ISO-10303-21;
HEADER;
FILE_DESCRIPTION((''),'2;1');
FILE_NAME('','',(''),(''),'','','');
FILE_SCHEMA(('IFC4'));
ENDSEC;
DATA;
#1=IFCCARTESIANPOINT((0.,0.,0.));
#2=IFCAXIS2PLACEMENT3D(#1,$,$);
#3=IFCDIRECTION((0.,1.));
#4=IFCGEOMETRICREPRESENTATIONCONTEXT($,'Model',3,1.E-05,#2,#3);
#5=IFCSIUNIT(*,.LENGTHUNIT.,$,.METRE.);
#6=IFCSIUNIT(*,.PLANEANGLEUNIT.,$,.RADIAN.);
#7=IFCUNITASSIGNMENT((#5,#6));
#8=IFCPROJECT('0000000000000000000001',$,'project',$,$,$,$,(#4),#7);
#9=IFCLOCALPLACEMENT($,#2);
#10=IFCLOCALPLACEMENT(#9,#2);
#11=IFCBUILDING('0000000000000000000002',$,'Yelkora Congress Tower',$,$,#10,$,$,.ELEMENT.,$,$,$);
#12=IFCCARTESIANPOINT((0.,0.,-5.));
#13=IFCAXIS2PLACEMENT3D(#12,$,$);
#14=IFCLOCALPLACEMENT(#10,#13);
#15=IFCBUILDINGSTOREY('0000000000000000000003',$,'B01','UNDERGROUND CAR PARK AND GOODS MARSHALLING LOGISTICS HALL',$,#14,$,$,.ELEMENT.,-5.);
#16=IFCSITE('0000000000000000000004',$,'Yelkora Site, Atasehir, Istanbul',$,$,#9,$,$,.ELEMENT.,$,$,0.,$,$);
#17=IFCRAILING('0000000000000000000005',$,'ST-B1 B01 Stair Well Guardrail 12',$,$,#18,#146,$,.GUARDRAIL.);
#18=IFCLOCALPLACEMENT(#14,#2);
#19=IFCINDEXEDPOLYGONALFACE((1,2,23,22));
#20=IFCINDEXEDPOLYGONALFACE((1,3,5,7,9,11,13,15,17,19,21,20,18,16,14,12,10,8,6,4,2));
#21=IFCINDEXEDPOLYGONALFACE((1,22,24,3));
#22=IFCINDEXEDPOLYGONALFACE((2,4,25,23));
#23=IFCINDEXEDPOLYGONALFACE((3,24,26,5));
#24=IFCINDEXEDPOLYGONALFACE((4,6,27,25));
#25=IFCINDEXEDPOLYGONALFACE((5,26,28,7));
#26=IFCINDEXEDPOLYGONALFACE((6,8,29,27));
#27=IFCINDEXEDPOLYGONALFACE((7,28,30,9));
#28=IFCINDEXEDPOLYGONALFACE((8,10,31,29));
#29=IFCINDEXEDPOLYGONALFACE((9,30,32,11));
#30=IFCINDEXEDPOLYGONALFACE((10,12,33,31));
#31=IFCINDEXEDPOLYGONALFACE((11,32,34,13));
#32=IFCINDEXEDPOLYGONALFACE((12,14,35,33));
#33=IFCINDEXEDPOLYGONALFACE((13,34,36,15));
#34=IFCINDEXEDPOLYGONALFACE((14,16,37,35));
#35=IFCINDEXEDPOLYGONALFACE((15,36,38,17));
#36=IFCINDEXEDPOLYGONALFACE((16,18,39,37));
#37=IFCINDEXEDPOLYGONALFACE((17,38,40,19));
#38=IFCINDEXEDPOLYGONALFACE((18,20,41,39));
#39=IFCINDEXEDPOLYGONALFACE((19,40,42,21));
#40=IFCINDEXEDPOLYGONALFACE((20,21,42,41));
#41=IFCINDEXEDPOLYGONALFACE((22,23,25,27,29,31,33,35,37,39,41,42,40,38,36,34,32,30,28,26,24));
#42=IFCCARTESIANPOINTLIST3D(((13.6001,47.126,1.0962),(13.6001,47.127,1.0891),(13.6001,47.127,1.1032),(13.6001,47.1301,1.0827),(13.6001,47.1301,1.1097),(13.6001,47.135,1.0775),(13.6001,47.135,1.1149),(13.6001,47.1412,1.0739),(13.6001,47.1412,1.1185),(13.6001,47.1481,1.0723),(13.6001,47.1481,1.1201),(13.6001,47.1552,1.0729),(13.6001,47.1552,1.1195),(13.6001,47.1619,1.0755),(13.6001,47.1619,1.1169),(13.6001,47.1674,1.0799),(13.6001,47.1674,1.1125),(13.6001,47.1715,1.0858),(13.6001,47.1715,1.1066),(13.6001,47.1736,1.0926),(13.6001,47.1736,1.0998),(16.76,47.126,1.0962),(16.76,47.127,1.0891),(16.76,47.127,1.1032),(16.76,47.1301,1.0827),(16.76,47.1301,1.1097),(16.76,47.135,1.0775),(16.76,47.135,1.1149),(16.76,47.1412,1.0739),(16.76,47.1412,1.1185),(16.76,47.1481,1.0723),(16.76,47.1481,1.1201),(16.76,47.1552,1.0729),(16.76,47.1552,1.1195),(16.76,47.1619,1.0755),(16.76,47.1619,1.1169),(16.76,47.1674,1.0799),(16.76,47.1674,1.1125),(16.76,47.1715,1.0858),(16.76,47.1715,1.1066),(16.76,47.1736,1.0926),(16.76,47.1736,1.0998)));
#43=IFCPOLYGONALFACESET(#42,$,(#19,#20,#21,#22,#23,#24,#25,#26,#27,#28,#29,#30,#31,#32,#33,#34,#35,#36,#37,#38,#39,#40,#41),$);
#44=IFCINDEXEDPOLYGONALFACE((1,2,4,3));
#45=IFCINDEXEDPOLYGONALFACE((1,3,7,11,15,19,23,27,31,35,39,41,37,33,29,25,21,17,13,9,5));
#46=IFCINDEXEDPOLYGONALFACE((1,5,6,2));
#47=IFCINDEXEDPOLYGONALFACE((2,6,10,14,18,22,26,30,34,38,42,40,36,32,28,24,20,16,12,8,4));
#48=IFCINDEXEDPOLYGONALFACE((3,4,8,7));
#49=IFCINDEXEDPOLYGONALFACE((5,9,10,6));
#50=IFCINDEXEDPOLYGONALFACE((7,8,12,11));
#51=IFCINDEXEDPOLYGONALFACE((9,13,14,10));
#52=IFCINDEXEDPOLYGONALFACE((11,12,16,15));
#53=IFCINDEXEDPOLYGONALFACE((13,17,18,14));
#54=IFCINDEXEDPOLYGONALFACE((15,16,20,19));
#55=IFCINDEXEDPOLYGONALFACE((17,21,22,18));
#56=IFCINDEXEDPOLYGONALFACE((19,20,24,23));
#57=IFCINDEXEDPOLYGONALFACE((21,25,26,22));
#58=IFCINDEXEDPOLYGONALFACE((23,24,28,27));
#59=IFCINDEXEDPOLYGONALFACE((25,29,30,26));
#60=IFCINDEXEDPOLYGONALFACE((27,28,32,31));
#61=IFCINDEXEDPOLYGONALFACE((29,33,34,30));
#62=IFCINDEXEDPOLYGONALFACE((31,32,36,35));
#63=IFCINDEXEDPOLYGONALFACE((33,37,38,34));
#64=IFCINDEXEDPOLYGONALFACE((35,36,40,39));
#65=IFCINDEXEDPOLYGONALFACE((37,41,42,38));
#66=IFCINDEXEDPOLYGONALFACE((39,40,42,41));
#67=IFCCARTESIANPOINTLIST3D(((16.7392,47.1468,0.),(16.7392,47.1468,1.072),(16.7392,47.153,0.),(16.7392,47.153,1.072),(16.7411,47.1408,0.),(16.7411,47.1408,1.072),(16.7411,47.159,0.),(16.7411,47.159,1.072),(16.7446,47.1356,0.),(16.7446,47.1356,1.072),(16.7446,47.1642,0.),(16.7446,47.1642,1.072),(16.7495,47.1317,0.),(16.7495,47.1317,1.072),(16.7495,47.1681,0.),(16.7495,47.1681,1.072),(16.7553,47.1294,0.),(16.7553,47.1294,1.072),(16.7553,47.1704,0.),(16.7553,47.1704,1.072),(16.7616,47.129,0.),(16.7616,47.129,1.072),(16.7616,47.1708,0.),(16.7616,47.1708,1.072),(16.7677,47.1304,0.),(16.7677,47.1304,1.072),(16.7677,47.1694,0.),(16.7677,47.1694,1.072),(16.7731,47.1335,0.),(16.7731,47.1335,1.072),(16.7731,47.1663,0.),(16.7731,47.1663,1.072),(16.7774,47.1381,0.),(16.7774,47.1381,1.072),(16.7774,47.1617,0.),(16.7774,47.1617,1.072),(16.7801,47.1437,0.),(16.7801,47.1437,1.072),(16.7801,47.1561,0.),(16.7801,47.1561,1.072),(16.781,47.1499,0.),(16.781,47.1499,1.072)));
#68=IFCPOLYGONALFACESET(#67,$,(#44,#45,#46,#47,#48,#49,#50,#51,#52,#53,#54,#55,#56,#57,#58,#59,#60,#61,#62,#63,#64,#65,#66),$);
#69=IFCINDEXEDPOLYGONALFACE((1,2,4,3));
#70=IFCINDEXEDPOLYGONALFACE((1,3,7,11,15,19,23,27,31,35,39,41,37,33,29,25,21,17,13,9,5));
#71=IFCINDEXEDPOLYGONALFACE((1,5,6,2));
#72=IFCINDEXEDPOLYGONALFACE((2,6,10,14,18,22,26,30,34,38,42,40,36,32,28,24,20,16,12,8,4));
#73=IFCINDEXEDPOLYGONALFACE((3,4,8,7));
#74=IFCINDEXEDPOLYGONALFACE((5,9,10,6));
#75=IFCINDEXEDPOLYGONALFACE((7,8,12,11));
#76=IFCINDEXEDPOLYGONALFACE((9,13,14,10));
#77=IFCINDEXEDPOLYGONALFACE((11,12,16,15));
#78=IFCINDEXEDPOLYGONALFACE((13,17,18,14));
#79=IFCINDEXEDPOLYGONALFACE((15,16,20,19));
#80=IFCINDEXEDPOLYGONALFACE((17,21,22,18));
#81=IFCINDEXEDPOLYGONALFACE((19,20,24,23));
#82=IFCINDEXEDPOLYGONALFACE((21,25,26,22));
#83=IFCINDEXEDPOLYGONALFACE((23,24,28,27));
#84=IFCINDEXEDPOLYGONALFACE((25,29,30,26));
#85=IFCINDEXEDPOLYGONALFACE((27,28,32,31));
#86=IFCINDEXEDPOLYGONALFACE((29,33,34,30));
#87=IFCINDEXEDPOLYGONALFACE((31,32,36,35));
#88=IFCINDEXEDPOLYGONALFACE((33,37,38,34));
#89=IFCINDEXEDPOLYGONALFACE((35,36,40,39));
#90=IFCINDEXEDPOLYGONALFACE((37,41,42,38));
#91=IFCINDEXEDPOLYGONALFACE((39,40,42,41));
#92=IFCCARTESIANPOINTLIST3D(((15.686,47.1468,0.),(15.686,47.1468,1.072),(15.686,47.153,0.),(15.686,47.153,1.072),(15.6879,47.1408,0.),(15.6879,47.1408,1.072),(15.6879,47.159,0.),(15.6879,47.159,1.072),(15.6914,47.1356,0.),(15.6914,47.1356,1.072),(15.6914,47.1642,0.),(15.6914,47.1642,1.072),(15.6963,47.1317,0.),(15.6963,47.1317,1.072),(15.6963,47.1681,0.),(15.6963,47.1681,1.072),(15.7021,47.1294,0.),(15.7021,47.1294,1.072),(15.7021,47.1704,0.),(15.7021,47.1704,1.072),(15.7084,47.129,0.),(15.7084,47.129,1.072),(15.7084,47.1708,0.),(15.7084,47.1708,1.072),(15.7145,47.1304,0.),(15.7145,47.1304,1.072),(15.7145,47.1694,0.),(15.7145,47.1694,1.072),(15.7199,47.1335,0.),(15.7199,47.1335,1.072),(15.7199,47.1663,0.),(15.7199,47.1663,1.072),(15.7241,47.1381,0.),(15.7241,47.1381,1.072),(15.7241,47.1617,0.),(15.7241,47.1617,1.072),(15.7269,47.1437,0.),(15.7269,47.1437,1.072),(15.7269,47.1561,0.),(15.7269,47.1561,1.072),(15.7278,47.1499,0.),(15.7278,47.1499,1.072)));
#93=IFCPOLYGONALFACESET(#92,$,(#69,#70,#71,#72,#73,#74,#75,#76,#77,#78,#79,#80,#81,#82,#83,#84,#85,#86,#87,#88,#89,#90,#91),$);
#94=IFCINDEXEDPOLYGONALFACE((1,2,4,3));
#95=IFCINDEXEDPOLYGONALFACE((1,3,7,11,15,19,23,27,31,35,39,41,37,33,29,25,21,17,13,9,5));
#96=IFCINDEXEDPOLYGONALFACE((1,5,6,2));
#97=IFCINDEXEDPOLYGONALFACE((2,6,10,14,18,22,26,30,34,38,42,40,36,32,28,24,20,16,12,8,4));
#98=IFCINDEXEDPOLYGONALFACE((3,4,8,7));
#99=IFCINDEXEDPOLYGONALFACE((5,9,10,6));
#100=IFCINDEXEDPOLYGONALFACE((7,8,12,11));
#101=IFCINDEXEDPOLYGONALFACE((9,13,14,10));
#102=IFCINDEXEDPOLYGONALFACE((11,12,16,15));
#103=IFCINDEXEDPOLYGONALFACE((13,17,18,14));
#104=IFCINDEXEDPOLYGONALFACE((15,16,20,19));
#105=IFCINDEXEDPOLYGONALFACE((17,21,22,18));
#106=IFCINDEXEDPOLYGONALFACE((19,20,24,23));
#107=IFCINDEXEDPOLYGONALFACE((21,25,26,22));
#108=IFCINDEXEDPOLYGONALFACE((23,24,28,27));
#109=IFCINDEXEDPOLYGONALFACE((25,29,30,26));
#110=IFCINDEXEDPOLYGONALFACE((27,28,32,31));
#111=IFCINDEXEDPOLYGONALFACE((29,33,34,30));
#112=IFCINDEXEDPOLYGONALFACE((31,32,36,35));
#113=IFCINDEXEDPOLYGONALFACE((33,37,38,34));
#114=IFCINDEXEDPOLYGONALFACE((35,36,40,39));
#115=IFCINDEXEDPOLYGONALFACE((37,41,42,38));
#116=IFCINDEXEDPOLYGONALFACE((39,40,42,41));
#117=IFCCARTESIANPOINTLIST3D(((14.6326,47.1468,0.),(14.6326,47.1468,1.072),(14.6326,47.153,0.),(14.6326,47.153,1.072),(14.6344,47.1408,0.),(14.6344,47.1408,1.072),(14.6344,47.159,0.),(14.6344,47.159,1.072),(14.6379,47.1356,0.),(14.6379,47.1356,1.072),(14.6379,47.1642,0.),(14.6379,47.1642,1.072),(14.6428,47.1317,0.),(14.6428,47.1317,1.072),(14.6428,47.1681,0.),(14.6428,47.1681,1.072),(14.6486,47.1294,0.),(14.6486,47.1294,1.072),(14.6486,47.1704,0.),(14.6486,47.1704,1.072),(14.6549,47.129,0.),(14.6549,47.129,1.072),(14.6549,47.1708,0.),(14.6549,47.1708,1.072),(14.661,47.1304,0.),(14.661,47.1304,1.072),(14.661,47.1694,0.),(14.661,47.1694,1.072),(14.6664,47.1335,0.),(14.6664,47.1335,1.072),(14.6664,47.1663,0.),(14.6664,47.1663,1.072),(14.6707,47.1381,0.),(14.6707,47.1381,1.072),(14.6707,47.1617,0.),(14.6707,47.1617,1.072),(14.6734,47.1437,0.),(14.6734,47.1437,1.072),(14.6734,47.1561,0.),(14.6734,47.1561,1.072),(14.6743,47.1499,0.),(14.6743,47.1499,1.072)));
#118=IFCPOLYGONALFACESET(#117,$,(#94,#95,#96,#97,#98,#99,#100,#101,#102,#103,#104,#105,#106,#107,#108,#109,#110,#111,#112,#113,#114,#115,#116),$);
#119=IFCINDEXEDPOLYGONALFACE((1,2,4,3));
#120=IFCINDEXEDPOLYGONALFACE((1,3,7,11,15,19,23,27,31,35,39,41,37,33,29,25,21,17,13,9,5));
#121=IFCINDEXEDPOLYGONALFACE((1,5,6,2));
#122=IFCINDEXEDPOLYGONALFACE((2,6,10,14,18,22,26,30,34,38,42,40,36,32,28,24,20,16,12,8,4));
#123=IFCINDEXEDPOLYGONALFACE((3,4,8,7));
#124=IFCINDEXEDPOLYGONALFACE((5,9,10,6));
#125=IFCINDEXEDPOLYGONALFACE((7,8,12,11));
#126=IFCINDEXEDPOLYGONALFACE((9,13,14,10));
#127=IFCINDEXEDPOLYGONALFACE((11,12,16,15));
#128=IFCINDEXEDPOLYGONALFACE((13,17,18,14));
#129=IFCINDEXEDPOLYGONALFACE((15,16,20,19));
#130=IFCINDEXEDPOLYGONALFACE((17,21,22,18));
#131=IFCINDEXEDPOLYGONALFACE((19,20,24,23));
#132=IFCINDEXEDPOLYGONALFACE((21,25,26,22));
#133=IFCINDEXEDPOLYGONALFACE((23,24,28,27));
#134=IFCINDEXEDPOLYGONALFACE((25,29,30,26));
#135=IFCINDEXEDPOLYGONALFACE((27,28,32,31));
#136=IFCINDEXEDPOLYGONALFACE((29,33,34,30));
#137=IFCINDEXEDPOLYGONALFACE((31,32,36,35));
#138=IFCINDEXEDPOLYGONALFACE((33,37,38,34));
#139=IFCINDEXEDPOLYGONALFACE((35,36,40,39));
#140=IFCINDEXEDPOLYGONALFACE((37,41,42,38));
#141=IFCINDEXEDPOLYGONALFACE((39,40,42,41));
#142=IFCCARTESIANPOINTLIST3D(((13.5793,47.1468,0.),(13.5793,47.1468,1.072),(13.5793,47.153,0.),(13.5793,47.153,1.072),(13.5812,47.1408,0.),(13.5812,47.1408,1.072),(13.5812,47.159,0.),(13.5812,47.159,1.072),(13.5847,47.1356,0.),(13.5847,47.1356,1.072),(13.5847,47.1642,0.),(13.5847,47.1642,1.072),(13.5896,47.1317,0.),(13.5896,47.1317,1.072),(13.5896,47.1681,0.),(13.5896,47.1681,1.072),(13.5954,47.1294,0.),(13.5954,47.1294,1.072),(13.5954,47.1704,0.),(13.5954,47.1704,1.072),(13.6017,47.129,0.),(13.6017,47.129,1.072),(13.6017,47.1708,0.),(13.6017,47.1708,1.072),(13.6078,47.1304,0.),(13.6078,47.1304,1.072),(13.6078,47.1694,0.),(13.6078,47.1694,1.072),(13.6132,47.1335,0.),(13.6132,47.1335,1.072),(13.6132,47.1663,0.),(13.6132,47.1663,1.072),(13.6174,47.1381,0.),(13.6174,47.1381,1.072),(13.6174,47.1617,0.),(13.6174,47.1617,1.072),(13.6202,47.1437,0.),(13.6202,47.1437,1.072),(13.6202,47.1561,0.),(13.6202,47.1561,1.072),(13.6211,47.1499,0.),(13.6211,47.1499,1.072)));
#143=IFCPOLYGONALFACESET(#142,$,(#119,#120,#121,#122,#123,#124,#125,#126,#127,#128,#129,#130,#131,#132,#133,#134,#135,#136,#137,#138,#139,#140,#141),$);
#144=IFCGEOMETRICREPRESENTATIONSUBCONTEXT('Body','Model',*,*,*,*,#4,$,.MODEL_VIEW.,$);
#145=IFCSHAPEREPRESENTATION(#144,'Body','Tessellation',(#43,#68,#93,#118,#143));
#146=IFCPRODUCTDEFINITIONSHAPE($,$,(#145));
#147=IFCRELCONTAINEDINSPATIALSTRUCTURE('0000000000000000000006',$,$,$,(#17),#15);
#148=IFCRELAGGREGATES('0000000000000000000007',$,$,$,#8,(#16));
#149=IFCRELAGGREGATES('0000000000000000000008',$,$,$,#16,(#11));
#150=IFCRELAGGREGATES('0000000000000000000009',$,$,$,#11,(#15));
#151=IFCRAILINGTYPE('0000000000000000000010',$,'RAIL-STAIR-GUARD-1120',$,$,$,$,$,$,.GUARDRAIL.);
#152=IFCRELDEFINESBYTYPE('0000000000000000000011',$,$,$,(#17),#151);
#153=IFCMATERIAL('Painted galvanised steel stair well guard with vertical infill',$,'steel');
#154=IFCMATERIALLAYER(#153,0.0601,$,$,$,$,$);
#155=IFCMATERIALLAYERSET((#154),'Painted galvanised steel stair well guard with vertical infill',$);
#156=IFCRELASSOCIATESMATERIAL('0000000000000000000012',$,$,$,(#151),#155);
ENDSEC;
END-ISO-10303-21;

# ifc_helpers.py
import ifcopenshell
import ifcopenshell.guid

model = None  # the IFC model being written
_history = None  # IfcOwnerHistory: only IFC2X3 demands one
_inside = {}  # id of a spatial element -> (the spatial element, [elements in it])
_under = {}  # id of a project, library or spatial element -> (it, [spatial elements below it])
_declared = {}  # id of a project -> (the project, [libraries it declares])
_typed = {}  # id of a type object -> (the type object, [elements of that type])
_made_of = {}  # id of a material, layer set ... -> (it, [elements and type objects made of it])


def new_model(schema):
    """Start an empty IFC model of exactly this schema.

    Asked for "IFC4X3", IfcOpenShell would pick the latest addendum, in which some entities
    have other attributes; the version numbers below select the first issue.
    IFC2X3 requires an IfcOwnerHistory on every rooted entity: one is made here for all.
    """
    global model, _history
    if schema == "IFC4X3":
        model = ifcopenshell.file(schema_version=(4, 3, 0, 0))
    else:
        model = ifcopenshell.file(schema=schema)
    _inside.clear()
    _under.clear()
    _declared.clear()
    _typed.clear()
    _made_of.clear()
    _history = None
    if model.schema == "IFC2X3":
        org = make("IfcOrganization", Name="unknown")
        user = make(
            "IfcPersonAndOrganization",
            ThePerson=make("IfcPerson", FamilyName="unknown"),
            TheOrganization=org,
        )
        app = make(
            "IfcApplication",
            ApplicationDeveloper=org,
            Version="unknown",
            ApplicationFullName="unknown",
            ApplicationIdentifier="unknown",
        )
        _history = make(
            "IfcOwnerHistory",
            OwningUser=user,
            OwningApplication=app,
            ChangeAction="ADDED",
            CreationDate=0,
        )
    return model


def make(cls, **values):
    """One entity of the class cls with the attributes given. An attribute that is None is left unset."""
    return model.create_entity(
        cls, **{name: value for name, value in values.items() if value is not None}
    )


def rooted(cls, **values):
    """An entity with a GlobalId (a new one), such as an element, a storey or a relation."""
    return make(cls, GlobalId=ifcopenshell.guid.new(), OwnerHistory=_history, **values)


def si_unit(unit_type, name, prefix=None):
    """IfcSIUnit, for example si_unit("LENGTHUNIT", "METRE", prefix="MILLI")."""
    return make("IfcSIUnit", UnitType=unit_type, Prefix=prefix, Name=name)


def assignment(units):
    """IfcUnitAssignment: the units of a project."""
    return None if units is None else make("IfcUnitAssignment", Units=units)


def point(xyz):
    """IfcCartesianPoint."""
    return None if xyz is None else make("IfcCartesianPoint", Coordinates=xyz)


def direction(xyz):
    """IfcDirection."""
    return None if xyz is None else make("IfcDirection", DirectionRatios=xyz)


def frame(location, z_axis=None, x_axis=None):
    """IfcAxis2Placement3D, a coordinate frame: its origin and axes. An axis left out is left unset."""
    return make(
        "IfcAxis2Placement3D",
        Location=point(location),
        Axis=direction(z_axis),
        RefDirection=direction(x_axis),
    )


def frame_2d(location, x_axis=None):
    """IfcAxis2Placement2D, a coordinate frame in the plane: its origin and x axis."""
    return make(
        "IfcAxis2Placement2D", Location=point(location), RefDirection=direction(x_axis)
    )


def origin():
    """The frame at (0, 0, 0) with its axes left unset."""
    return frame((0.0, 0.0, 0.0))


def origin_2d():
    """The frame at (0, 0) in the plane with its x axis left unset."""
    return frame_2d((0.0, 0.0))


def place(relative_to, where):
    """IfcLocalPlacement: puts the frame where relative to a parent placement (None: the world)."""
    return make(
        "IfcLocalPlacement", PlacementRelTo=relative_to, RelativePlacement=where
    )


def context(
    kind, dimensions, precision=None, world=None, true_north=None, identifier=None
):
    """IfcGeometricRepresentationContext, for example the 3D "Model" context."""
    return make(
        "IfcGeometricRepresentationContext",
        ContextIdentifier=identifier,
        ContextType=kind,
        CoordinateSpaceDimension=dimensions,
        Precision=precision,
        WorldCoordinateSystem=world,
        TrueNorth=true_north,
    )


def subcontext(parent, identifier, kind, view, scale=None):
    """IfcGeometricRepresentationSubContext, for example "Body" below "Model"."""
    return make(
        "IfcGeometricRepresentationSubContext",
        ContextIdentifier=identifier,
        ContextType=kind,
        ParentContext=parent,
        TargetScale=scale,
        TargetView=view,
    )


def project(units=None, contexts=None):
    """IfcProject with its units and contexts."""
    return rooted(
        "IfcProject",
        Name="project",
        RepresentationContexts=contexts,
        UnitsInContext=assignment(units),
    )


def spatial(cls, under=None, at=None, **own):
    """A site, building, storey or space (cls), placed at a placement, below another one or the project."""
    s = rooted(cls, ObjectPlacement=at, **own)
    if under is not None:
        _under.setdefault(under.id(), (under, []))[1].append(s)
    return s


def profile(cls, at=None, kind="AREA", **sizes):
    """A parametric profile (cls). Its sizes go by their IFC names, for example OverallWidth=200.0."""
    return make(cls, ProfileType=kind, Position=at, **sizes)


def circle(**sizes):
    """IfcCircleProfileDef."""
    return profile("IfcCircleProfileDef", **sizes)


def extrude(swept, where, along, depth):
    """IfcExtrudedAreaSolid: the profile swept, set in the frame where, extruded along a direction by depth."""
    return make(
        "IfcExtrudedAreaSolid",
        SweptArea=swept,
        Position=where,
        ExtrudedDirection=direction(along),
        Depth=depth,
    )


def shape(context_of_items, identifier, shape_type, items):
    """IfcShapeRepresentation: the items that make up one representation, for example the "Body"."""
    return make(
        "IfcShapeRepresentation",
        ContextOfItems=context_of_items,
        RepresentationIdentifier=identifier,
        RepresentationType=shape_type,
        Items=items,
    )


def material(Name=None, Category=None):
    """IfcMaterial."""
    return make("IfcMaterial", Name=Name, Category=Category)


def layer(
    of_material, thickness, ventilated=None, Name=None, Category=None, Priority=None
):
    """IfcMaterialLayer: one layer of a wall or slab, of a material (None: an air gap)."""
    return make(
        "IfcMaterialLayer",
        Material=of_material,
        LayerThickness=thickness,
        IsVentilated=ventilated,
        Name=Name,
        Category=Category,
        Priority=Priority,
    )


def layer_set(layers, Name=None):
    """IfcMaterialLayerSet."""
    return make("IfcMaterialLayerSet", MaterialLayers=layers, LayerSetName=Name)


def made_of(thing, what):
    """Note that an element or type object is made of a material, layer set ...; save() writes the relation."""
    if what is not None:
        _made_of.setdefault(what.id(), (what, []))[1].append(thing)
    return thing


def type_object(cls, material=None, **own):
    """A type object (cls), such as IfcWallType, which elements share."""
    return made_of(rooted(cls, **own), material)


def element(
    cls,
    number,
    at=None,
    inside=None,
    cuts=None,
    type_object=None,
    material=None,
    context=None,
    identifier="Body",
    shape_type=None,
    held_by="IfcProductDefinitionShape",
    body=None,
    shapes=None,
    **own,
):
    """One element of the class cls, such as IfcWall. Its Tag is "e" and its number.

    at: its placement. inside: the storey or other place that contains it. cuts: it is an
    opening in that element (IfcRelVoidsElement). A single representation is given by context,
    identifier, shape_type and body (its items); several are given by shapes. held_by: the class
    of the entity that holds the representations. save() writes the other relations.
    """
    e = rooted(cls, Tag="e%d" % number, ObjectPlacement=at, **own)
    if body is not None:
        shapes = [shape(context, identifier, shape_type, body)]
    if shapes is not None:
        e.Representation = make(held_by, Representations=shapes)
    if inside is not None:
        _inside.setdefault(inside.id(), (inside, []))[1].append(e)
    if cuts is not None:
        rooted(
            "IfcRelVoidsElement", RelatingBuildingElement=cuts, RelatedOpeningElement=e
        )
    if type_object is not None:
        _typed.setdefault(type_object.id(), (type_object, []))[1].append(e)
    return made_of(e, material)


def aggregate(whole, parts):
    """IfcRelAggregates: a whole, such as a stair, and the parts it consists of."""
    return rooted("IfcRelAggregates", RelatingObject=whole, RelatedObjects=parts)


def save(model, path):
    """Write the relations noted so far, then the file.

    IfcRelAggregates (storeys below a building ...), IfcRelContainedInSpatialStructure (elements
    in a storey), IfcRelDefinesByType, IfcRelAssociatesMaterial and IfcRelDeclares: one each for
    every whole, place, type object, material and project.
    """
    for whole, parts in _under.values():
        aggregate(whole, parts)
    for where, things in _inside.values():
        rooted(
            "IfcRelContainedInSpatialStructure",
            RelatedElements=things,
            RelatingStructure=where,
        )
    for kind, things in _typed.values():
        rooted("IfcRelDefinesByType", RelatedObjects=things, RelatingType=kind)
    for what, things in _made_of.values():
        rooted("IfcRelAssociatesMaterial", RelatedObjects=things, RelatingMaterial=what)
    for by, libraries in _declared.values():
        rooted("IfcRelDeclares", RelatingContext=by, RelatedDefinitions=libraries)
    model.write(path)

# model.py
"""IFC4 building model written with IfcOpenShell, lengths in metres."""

from ifc_helpers import new_model, si_unit, direction, frame, origin, origin_2d, place, context, subcontext, project, spatial, circle, extrude, material, layer, layer_set, type_object, element, save


model = new_model("IFC4")

# Units and contexts
model_context = context("Model", 3, precision=1e-05, world=origin(), true_north=direction((0.0, 1.0)))
body_context = subcontext(model_context, "Body", "Model", "MODEL_VIEW")
ifc_project = project(units=[si_unit("LENGTHUNIT", "METRE"), si_unit("PLANEANGLEUNIT", "RADIAN")], contexts=[model_context])

# Site, building, storey
site_placement = place(None, origin())
site = spatial("IfcSite", under=ifc_project, at=site_placement, Name="Yelkora Site, Atasehir, Istanbul", CompositionType="ELEMENT", RefElevation=0.0)
building_placement = place(site_placement, origin())
building = spatial("IfcBuilding", under=site, at=building_placement, Name="Yelkora Congress Tower", CompositionType="ELEMENT")
storey_placement = place(building_placement, frame((0.0, 0.0, -5.0)))
storey = spatial("IfcBuildingStorey", under=building, at=storey_placement, Name="B01", Description="UNDERGROUND CAR PARK AND GOODS MARSHALLING LOGISTICS HALL", CompositionType="ELEMENT", Elevation=-5.0)

# Railing
ifc_material_1 = material(Name="Painted galvanised steel stair well guard with vertical infill", Category="steel")
ifc_layer_1 = layer(ifc_material_1, 0.0601)
ifc_layer_set_1 = layer_set([ifc_layer_1], Name="Painted galvanised steel stair well guard with vertical infill")
railing_type_1 = type_object("IfcRailingType", Name="RAIL-STAIR-GUARD-1120", PredefinedType="GUARDRAIL", material=ifc_layer_set_1)
railing_1_placement = place(storey_placement, frame((16.76, 47.1499, 0.0)))
element("IfcRailing", 1, at=railing_1_placement, inside=storey, type_object=railing_type_1, Name="ST-B1 B01 Stair Well Guardrail 12", PredefinedType="GUARDRAIL", context=body_context, shape_type="SweptSolid", body=[
    extrude(circle(Radius=0.0239, at=origin_2d()), frame((0.0, 0.0, 1.0962), z_axis=(-1.0, 0.0, 0.0), x_axis=(0.0, -1.0, 0.0)), (0.0, 0.0, 1.0), 3.1599),
    extrude(circle(Radius=0.021, at=origin_2d()), origin(), (0.0, 0.0, 1.0), 1.072),
    extrude(circle(Radius=0.021, at=origin_2d()), frame((-1.0532, 0.0, 0.0)), (0.0, 0.0, 1.0), 1.072),
    extrude(circle(Radius=0.021, at=origin_2d()), frame((-2.1067, 0.0, 0.0)), (0.0, 0.0, 1.0), 1.072),
    extrude(circle(Radius=0.021, at=origin_2d()), frame((-3.1599, 0.0, 0.0)), (0.0, 0.0, 1.0), 1.072),
])

save(model, "model.ifc")
